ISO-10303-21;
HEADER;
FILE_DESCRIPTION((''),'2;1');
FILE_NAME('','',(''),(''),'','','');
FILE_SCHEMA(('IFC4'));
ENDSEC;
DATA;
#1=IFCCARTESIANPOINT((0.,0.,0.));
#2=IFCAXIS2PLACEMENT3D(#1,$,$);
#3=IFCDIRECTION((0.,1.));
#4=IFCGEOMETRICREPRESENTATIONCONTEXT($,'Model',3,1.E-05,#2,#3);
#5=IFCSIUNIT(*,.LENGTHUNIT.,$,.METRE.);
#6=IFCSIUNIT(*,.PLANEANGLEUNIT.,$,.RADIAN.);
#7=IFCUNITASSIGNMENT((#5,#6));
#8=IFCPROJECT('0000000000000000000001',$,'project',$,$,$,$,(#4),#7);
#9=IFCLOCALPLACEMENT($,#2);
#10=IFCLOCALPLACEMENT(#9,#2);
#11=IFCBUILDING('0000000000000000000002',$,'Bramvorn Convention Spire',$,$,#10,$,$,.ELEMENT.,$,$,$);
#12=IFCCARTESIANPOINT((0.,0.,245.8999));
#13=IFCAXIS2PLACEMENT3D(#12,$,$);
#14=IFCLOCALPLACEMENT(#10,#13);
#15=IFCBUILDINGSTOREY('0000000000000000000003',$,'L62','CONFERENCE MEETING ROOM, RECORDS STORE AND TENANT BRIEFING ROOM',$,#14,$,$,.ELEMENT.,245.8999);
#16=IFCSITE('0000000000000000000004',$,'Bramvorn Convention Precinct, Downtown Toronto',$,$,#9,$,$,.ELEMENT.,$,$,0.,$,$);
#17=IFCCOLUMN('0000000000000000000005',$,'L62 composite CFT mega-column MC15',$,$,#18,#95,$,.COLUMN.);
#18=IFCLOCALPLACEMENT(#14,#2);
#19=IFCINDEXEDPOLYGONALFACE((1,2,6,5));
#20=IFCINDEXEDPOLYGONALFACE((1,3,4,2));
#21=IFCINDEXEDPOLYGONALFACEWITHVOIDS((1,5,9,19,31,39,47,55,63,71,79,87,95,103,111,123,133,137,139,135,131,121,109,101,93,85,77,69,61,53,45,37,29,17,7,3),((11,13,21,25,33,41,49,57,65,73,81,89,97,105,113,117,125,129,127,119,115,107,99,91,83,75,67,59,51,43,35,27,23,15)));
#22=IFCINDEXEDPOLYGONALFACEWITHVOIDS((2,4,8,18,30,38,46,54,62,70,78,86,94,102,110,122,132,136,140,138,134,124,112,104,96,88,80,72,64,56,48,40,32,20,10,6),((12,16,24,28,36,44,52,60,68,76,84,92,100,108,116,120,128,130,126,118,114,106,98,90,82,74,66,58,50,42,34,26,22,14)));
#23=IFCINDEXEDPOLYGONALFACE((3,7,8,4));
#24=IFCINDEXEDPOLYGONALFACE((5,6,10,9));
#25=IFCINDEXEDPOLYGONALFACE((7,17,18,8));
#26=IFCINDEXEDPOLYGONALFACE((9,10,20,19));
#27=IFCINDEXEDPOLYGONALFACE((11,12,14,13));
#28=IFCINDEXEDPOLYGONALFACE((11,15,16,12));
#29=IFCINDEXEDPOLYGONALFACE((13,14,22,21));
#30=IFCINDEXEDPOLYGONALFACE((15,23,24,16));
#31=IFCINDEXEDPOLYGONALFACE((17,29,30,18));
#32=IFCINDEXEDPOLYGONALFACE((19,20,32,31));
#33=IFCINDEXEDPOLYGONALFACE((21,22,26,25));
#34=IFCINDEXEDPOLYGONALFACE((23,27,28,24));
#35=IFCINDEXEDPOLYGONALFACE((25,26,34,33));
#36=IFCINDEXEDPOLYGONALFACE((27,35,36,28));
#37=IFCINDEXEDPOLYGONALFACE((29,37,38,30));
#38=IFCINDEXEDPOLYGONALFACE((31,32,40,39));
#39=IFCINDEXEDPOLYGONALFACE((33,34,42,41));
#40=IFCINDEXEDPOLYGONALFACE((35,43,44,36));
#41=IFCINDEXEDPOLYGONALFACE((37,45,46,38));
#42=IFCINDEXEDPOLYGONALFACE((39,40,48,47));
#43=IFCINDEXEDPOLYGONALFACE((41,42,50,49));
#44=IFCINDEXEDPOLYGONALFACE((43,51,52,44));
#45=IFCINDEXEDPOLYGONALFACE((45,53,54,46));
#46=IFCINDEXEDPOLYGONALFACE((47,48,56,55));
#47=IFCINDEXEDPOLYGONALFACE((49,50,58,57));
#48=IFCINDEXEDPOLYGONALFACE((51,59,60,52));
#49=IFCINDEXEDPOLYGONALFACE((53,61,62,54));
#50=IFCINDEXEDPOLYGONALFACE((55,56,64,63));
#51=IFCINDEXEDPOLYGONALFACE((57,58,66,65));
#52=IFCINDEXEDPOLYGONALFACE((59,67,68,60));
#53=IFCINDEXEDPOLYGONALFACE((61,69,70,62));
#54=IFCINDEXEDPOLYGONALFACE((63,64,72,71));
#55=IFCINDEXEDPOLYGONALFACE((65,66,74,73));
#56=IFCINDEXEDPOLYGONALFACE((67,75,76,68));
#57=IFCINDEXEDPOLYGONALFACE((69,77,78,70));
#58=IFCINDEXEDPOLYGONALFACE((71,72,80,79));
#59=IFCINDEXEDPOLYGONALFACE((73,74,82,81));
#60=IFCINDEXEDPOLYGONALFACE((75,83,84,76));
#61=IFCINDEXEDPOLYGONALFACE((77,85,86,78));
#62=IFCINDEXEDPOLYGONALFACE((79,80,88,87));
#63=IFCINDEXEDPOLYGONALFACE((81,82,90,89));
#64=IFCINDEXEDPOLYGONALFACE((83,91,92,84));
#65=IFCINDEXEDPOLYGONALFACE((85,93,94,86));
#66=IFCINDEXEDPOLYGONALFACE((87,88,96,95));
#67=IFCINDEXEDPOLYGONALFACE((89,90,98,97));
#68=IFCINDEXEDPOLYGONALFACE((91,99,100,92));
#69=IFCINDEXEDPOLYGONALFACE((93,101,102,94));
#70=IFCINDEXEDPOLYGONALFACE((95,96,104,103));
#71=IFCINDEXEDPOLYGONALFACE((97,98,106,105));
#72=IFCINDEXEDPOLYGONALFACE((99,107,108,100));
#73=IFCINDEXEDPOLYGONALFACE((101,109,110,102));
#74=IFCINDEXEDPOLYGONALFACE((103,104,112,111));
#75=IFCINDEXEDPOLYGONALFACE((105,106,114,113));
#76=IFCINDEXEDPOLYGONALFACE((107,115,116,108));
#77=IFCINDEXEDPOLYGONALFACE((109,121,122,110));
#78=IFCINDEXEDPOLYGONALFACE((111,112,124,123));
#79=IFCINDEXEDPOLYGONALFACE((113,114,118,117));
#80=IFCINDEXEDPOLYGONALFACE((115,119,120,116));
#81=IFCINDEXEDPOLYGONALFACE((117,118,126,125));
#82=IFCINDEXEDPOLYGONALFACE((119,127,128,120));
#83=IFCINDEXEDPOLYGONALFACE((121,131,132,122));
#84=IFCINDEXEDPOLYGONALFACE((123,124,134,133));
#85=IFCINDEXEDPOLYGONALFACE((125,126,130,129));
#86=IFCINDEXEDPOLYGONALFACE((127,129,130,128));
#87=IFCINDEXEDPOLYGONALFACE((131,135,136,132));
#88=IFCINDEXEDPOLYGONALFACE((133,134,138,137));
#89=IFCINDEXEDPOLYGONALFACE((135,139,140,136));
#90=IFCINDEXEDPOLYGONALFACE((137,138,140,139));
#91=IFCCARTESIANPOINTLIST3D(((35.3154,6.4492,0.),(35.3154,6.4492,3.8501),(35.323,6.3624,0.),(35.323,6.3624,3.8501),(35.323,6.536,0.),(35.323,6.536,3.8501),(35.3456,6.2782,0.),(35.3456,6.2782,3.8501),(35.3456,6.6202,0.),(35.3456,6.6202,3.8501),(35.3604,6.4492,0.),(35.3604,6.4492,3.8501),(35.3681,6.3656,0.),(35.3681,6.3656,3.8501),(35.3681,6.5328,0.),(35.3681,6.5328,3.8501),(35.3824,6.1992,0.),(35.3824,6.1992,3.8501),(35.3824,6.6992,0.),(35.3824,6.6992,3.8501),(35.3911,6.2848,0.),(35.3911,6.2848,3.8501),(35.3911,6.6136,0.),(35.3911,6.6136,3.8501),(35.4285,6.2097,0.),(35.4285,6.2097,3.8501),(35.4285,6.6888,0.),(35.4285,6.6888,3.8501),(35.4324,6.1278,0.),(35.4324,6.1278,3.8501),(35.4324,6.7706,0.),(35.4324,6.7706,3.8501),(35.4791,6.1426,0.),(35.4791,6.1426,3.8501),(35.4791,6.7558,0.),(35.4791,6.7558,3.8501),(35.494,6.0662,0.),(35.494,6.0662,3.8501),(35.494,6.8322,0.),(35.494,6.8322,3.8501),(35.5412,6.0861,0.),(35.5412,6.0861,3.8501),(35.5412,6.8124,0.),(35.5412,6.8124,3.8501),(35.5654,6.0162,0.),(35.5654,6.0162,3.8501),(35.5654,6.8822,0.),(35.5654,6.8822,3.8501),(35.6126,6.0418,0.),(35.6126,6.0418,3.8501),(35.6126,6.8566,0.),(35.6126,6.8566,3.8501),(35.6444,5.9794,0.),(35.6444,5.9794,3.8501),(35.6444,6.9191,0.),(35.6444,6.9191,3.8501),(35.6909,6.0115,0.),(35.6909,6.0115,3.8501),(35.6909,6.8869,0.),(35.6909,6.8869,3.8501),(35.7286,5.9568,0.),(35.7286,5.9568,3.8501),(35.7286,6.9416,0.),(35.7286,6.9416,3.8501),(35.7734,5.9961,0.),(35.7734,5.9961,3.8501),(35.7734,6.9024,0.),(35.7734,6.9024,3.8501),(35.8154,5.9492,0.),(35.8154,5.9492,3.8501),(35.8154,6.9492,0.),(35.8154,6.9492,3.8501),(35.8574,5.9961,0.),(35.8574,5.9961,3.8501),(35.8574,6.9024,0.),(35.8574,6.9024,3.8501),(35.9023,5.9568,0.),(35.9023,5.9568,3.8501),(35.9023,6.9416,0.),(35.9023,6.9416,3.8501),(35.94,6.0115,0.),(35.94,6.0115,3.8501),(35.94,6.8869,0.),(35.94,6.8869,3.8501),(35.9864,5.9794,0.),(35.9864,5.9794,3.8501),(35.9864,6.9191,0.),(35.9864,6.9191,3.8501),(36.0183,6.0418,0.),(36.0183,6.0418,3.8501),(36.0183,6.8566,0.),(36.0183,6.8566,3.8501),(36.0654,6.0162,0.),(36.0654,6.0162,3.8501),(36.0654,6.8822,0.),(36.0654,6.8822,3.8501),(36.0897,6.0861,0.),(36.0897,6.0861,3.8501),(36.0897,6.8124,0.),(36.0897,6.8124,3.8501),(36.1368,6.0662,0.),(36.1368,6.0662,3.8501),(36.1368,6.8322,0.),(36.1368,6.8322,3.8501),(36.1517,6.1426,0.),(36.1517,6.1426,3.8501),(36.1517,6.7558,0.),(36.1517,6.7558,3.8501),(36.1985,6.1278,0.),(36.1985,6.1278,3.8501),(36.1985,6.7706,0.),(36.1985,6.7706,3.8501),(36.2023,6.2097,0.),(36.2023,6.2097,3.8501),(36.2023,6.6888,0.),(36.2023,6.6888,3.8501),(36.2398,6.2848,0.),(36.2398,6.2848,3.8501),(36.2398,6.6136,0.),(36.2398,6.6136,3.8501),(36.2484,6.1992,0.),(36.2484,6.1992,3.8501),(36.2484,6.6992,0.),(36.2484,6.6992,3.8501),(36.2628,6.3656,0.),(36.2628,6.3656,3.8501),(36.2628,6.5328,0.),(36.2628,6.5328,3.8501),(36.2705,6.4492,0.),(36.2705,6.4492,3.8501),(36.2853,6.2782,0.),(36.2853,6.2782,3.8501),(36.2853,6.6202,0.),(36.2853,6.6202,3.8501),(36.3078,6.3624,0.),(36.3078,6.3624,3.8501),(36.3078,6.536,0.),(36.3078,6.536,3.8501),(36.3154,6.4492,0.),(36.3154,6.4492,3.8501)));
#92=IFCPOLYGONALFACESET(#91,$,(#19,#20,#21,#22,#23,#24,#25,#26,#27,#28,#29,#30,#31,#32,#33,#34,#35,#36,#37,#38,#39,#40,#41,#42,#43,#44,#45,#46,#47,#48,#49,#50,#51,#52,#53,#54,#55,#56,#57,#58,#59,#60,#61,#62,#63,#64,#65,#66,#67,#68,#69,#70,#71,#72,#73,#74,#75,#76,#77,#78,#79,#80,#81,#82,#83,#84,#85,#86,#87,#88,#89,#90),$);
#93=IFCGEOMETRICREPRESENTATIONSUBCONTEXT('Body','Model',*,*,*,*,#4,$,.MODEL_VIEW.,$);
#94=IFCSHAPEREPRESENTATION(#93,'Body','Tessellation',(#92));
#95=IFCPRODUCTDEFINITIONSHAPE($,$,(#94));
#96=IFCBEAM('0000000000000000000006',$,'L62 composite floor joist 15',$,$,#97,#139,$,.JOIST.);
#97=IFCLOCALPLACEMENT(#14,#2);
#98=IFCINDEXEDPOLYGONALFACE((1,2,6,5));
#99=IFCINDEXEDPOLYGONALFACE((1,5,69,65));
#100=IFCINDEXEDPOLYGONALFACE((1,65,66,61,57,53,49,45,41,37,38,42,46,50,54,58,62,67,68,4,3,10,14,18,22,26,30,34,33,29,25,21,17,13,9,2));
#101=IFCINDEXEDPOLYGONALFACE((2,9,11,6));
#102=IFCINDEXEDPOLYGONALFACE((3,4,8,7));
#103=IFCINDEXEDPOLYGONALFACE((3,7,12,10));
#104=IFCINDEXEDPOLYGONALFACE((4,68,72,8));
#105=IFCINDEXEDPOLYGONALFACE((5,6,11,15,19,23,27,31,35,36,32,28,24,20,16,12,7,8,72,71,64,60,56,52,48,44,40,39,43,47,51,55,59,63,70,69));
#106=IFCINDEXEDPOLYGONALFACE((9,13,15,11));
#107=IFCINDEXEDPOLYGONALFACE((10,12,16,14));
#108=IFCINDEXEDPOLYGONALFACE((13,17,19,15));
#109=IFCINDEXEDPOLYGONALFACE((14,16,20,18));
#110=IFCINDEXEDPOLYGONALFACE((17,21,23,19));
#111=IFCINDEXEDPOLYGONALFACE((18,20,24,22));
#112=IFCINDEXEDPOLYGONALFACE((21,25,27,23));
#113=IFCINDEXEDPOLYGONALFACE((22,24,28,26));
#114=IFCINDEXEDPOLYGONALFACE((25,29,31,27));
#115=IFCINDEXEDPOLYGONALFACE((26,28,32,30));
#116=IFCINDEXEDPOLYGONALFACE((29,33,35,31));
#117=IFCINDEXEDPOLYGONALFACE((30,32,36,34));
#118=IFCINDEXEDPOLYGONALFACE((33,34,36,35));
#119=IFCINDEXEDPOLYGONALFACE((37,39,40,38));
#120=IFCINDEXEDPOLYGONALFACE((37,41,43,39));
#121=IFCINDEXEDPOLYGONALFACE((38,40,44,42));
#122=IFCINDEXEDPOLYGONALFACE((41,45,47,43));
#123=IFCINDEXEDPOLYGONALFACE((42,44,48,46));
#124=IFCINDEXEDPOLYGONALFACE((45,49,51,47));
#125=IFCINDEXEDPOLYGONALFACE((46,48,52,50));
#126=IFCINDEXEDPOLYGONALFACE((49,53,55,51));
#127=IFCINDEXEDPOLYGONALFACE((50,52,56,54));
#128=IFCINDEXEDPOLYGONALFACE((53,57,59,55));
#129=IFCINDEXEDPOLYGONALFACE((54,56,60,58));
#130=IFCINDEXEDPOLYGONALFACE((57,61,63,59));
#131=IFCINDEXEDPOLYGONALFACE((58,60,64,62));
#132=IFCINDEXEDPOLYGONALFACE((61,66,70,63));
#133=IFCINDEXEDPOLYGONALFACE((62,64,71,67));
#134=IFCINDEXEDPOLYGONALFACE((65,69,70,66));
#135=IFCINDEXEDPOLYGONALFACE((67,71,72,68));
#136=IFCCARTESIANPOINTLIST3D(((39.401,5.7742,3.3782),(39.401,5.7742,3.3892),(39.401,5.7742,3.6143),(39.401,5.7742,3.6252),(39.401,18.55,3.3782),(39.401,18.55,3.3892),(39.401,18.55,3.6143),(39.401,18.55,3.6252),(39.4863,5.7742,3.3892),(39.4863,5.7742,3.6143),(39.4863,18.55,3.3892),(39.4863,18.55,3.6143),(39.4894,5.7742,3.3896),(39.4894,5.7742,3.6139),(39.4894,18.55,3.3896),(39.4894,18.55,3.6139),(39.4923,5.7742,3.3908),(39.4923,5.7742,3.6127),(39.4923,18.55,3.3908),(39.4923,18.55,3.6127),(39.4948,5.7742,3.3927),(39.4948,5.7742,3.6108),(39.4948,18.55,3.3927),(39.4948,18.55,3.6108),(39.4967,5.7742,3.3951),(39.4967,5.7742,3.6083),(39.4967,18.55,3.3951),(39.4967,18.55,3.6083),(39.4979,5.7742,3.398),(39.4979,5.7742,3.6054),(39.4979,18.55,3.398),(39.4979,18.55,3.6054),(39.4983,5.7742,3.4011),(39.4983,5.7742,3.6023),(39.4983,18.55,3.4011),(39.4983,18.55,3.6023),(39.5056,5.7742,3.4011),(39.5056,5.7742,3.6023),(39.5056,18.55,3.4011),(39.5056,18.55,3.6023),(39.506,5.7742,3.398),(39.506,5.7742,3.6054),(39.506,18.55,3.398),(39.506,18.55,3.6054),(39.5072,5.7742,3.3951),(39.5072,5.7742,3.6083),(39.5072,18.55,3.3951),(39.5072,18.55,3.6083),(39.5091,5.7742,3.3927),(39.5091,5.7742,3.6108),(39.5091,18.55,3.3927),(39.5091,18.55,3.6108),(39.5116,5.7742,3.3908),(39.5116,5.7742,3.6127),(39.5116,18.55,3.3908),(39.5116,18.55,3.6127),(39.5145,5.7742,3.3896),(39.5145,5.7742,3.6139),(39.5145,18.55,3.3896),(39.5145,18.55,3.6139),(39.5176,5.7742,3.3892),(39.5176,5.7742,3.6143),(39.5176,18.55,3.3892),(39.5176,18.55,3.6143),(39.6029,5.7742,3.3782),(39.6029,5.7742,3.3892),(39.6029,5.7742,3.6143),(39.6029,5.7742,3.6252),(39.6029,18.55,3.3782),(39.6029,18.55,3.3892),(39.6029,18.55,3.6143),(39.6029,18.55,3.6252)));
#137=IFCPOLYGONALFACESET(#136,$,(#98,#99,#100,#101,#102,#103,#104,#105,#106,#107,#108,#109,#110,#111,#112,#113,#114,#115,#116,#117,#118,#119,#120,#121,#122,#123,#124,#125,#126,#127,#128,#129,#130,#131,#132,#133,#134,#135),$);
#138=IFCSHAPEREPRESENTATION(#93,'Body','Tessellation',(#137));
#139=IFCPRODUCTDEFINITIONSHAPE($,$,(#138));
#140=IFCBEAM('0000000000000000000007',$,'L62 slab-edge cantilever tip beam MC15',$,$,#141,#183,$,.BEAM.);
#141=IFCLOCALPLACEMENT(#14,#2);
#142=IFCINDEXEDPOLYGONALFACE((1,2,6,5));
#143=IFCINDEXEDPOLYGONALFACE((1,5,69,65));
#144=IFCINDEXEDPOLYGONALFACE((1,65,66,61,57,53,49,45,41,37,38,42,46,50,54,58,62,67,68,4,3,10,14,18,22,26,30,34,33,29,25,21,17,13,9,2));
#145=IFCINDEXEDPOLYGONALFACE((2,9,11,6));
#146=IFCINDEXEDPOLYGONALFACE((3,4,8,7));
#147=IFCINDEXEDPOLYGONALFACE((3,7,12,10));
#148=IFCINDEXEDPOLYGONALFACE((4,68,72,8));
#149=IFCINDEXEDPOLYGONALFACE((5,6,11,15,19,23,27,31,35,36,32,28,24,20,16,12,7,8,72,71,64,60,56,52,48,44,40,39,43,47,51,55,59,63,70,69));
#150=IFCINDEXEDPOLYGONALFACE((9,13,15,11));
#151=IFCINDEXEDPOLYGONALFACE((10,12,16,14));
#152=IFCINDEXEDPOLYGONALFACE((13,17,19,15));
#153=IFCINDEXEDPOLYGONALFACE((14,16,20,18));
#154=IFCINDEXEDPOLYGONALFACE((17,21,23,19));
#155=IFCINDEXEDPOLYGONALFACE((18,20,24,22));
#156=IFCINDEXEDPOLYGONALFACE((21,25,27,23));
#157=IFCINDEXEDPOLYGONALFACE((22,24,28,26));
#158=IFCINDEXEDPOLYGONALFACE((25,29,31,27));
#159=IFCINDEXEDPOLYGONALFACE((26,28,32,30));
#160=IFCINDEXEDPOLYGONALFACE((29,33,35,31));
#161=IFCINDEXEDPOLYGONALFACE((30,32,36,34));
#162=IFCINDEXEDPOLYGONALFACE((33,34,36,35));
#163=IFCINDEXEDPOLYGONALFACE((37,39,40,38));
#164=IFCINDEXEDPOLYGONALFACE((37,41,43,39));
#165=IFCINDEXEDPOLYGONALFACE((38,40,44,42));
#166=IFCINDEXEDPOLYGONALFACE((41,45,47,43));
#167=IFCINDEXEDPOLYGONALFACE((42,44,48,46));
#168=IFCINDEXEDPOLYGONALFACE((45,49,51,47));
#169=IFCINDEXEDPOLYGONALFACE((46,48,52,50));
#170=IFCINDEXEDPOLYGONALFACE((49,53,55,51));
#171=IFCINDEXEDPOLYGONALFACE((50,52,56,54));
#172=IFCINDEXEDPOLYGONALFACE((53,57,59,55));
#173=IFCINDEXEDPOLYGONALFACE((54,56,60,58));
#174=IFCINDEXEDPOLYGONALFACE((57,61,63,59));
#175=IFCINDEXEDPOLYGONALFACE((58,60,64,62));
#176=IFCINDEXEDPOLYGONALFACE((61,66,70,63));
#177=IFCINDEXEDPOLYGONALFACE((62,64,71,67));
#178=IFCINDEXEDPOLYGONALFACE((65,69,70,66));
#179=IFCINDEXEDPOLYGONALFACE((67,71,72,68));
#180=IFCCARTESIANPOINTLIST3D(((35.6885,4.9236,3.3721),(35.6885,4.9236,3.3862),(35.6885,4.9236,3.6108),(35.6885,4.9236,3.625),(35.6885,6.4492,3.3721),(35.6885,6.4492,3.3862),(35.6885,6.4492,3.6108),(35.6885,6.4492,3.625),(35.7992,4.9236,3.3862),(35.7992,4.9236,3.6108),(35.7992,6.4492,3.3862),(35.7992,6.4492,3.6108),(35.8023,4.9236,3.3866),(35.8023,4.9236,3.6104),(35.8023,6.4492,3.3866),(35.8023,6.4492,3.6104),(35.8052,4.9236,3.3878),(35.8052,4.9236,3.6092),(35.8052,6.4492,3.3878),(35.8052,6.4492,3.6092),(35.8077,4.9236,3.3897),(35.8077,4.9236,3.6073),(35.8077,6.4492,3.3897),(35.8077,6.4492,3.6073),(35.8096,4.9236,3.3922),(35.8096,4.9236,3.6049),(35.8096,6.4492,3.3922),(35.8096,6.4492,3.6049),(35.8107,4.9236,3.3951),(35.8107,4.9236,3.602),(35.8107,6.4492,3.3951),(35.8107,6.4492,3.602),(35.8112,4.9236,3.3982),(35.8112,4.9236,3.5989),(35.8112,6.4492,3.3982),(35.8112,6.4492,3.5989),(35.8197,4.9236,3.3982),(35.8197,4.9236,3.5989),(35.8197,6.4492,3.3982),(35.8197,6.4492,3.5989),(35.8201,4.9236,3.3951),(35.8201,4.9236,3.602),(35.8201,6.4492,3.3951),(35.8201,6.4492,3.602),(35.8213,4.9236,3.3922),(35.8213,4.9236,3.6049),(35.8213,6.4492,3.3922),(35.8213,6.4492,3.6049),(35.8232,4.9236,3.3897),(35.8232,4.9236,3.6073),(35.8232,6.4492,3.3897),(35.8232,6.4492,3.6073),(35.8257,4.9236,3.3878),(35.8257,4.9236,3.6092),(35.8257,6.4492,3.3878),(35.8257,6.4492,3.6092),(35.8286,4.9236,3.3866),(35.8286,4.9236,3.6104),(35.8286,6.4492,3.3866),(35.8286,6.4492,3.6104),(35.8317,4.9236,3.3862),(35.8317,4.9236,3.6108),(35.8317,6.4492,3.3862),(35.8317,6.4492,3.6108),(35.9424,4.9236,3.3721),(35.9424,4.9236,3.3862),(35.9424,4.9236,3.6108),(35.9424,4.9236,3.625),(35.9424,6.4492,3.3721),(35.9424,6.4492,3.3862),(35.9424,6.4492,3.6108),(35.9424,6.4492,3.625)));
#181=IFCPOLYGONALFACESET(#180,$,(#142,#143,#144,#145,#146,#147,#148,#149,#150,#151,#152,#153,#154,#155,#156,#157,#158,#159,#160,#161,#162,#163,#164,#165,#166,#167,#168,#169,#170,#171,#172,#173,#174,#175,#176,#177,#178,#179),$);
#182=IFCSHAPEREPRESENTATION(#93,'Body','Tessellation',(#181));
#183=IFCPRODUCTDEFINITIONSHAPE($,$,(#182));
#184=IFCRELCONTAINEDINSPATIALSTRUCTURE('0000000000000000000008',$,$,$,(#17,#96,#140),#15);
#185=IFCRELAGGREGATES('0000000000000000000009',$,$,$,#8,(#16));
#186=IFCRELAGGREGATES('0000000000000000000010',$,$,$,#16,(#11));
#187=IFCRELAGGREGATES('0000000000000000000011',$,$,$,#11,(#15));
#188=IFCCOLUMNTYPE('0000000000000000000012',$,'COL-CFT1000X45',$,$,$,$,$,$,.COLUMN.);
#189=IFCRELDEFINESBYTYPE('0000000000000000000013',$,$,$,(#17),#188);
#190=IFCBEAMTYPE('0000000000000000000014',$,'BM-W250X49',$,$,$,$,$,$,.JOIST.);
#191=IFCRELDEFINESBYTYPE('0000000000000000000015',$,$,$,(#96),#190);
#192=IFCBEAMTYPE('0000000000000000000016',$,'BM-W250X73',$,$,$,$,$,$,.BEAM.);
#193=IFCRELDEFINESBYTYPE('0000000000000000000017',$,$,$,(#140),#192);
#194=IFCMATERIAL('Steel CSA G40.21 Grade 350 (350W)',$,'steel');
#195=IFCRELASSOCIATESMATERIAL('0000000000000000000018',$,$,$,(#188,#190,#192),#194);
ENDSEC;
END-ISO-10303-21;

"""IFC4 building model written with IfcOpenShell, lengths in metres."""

from ifc_helpers import new_model, si_unit, direction, frame, origin, origin_2d, place, context, subcontext, project, spatial, hollow_circle, i_section, extrude, material, material_profile, profile_set, type_object, element, save


model = new_model("IFC4")

# Units and contexts
model_context = context("Model", 3, precision=1e-05, world=origin(), true_north=direction((0.0, 1.0)))
body_context = subcontext(model_context, "Body", "Model", "MODEL_VIEW")
ifc_project = project(units=[si_unit("LENGTHUNIT", "METRE"), si_unit("PLANEANGLEUNIT", "RADIAN")], contexts=[model_context])

# Site, building, storey
site_placement = place(None, origin())
site = spatial("IfcSite", under=ifc_project, at=site_placement, Name="Bramvorn Convention Precinct, Downtown Toronto", CompositionType="ELEMENT", RefElevation=0.0)
building_placement = place(site_placement, origin())
building = spatial("IfcBuilding", under=site, at=building_placement, Name="Bramvorn Convention Spire", CompositionType="ELEMENT")
storey_placement = place(building_placement, frame((0.0, 0.0, 245.8999)))
storey = spatial("IfcBuildingStorey", under=building, at=storey_placement, Name="L62", Description="CONFERENCE MEETING ROOM, RECORDS STORE AND TENANT BRIEFING ROOM", CompositionType="ELEMENT", Elevation=245.8999)

# Column
ifc_material_1 = material(Name="Steel CSA G40.21 Grade 350 (350W)", Category="steel")
ifc_material_profile_1 = material_profile(ifc_material_1, hollow_circle(Radius=0.5, WallThickness=0.0449, at=origin_2d()))
ifc_profile_set_1 = profile_set([ifc_material_profile_1], Name="Steel CSA G40.21 Grade 350 (350W) - CFT1000X45")
column_type = type_object("IfcColumnType", Name="COL-CFT1000X45", PredefinedType="COLUMN", material=ifc_profile_set_1)
column_placement = place(storey_placement, frame((35.8154, 6.4492, 0.0), z_axis=(0.0, 0.0, 1.0), x_axis=(1.0, 0.0, 0.0)))
element("IfcColumn", 1, at=column_placement, inside=storey, type_object=column_type, Name="L62 composite CFT mega-column MC15", PredefinedType="COLUMN", context=body_context, shape_type="SweptSolid", body=[
    extrude(hollow_circle(Radius=0.5, WallThickness=0.0449, at=origin_2d()), origin(), (0.0, 0.0, 1.0), 3.8501),
])

# Beams
ifc_material_profile_2 = material_profile(ifc_material_1, i_section(OverallWidth=0.2019, OverallDepth=0.2471, WebThickness=0.0073, FlangeThickness=0.011, FilletRadius=0.012, at=origin_2d()))
ifc_profile_set_2 = profile_set([ifc_material_profile_2], Name="Steel CSA G40.21 Grade 350 (350W) - W250X49")
beam_type_1 = type_object("IfcBeamType", Name="BM-W250X49", PredefinedType="JOIST", material=ifc_profile_set_2)
beam_1_placement = place(storey_placement, frame((39.502, 18.55, 3.5017), z_axis=(0.0, -1.0, 0.0), x_axis=(1.0, 0.0, 0.0)))
element("IfcBeam", 2, at=beam_1_placement, inside=storey, type_object=beam_type_1, Name="L62 composite floor joist 15", PredefinedType="JOIST", context=body_context, shape_type="SweptSolid", body=[
    extrude(i_section(OverallWidth=0.2019, OverallDepth=0.2471, WebThickness=0.0073, FlangeThickness=0.011, FilletRadius=0.012, at=origin_2d()), origin(), (0.0, 0.0, 1.0), 12.7759),
])
ifc_material_profile_3 = material_profile(ifc_material_1, i_section(OverallWidth=0.2539, OverallDepth=0.2529, WebThickness=0.0085, FlangeThickness=0.0142, FilletRadius=0.012, at=origin_2d()))
ifc_profile_set_3 = profile_set([ifc_material_profile_3], Name="Steel CSA G40.21 Grade 350 (350W) - W250X73")
beam_type_2 = type_object("IfcBeamType", Name="BM-W250X73", PredefinedType="BEAM", material=ifc_profile_set_3)
beam_2_placement = place(storey_placement, frame((35.8154, 6.4492, 3.4985), z_axis=(0.0, -1.0, 0.0), x_axis=(1.0, 0.0, 0.0)))
element("IfcBeam", 3, at=beam_2_placement, inside=storey, type_object=beam_type_2, Name="L62 slab-edge cantilever tip beam MC15", PredefinedType="BEAM", context=body_context, shape_type="SweptSolid", body=[
    extrude(i_section(OverallWidth=0.2539, OverallDepth=0.2529, WebThickness=0.0085, FlangeThickness=0.0142, FilletRadius=0.012, at=origin_2d()), origin(), (0.0, 0.0, 1.0), 1.5256),
])

save(model, "model.ifc")
